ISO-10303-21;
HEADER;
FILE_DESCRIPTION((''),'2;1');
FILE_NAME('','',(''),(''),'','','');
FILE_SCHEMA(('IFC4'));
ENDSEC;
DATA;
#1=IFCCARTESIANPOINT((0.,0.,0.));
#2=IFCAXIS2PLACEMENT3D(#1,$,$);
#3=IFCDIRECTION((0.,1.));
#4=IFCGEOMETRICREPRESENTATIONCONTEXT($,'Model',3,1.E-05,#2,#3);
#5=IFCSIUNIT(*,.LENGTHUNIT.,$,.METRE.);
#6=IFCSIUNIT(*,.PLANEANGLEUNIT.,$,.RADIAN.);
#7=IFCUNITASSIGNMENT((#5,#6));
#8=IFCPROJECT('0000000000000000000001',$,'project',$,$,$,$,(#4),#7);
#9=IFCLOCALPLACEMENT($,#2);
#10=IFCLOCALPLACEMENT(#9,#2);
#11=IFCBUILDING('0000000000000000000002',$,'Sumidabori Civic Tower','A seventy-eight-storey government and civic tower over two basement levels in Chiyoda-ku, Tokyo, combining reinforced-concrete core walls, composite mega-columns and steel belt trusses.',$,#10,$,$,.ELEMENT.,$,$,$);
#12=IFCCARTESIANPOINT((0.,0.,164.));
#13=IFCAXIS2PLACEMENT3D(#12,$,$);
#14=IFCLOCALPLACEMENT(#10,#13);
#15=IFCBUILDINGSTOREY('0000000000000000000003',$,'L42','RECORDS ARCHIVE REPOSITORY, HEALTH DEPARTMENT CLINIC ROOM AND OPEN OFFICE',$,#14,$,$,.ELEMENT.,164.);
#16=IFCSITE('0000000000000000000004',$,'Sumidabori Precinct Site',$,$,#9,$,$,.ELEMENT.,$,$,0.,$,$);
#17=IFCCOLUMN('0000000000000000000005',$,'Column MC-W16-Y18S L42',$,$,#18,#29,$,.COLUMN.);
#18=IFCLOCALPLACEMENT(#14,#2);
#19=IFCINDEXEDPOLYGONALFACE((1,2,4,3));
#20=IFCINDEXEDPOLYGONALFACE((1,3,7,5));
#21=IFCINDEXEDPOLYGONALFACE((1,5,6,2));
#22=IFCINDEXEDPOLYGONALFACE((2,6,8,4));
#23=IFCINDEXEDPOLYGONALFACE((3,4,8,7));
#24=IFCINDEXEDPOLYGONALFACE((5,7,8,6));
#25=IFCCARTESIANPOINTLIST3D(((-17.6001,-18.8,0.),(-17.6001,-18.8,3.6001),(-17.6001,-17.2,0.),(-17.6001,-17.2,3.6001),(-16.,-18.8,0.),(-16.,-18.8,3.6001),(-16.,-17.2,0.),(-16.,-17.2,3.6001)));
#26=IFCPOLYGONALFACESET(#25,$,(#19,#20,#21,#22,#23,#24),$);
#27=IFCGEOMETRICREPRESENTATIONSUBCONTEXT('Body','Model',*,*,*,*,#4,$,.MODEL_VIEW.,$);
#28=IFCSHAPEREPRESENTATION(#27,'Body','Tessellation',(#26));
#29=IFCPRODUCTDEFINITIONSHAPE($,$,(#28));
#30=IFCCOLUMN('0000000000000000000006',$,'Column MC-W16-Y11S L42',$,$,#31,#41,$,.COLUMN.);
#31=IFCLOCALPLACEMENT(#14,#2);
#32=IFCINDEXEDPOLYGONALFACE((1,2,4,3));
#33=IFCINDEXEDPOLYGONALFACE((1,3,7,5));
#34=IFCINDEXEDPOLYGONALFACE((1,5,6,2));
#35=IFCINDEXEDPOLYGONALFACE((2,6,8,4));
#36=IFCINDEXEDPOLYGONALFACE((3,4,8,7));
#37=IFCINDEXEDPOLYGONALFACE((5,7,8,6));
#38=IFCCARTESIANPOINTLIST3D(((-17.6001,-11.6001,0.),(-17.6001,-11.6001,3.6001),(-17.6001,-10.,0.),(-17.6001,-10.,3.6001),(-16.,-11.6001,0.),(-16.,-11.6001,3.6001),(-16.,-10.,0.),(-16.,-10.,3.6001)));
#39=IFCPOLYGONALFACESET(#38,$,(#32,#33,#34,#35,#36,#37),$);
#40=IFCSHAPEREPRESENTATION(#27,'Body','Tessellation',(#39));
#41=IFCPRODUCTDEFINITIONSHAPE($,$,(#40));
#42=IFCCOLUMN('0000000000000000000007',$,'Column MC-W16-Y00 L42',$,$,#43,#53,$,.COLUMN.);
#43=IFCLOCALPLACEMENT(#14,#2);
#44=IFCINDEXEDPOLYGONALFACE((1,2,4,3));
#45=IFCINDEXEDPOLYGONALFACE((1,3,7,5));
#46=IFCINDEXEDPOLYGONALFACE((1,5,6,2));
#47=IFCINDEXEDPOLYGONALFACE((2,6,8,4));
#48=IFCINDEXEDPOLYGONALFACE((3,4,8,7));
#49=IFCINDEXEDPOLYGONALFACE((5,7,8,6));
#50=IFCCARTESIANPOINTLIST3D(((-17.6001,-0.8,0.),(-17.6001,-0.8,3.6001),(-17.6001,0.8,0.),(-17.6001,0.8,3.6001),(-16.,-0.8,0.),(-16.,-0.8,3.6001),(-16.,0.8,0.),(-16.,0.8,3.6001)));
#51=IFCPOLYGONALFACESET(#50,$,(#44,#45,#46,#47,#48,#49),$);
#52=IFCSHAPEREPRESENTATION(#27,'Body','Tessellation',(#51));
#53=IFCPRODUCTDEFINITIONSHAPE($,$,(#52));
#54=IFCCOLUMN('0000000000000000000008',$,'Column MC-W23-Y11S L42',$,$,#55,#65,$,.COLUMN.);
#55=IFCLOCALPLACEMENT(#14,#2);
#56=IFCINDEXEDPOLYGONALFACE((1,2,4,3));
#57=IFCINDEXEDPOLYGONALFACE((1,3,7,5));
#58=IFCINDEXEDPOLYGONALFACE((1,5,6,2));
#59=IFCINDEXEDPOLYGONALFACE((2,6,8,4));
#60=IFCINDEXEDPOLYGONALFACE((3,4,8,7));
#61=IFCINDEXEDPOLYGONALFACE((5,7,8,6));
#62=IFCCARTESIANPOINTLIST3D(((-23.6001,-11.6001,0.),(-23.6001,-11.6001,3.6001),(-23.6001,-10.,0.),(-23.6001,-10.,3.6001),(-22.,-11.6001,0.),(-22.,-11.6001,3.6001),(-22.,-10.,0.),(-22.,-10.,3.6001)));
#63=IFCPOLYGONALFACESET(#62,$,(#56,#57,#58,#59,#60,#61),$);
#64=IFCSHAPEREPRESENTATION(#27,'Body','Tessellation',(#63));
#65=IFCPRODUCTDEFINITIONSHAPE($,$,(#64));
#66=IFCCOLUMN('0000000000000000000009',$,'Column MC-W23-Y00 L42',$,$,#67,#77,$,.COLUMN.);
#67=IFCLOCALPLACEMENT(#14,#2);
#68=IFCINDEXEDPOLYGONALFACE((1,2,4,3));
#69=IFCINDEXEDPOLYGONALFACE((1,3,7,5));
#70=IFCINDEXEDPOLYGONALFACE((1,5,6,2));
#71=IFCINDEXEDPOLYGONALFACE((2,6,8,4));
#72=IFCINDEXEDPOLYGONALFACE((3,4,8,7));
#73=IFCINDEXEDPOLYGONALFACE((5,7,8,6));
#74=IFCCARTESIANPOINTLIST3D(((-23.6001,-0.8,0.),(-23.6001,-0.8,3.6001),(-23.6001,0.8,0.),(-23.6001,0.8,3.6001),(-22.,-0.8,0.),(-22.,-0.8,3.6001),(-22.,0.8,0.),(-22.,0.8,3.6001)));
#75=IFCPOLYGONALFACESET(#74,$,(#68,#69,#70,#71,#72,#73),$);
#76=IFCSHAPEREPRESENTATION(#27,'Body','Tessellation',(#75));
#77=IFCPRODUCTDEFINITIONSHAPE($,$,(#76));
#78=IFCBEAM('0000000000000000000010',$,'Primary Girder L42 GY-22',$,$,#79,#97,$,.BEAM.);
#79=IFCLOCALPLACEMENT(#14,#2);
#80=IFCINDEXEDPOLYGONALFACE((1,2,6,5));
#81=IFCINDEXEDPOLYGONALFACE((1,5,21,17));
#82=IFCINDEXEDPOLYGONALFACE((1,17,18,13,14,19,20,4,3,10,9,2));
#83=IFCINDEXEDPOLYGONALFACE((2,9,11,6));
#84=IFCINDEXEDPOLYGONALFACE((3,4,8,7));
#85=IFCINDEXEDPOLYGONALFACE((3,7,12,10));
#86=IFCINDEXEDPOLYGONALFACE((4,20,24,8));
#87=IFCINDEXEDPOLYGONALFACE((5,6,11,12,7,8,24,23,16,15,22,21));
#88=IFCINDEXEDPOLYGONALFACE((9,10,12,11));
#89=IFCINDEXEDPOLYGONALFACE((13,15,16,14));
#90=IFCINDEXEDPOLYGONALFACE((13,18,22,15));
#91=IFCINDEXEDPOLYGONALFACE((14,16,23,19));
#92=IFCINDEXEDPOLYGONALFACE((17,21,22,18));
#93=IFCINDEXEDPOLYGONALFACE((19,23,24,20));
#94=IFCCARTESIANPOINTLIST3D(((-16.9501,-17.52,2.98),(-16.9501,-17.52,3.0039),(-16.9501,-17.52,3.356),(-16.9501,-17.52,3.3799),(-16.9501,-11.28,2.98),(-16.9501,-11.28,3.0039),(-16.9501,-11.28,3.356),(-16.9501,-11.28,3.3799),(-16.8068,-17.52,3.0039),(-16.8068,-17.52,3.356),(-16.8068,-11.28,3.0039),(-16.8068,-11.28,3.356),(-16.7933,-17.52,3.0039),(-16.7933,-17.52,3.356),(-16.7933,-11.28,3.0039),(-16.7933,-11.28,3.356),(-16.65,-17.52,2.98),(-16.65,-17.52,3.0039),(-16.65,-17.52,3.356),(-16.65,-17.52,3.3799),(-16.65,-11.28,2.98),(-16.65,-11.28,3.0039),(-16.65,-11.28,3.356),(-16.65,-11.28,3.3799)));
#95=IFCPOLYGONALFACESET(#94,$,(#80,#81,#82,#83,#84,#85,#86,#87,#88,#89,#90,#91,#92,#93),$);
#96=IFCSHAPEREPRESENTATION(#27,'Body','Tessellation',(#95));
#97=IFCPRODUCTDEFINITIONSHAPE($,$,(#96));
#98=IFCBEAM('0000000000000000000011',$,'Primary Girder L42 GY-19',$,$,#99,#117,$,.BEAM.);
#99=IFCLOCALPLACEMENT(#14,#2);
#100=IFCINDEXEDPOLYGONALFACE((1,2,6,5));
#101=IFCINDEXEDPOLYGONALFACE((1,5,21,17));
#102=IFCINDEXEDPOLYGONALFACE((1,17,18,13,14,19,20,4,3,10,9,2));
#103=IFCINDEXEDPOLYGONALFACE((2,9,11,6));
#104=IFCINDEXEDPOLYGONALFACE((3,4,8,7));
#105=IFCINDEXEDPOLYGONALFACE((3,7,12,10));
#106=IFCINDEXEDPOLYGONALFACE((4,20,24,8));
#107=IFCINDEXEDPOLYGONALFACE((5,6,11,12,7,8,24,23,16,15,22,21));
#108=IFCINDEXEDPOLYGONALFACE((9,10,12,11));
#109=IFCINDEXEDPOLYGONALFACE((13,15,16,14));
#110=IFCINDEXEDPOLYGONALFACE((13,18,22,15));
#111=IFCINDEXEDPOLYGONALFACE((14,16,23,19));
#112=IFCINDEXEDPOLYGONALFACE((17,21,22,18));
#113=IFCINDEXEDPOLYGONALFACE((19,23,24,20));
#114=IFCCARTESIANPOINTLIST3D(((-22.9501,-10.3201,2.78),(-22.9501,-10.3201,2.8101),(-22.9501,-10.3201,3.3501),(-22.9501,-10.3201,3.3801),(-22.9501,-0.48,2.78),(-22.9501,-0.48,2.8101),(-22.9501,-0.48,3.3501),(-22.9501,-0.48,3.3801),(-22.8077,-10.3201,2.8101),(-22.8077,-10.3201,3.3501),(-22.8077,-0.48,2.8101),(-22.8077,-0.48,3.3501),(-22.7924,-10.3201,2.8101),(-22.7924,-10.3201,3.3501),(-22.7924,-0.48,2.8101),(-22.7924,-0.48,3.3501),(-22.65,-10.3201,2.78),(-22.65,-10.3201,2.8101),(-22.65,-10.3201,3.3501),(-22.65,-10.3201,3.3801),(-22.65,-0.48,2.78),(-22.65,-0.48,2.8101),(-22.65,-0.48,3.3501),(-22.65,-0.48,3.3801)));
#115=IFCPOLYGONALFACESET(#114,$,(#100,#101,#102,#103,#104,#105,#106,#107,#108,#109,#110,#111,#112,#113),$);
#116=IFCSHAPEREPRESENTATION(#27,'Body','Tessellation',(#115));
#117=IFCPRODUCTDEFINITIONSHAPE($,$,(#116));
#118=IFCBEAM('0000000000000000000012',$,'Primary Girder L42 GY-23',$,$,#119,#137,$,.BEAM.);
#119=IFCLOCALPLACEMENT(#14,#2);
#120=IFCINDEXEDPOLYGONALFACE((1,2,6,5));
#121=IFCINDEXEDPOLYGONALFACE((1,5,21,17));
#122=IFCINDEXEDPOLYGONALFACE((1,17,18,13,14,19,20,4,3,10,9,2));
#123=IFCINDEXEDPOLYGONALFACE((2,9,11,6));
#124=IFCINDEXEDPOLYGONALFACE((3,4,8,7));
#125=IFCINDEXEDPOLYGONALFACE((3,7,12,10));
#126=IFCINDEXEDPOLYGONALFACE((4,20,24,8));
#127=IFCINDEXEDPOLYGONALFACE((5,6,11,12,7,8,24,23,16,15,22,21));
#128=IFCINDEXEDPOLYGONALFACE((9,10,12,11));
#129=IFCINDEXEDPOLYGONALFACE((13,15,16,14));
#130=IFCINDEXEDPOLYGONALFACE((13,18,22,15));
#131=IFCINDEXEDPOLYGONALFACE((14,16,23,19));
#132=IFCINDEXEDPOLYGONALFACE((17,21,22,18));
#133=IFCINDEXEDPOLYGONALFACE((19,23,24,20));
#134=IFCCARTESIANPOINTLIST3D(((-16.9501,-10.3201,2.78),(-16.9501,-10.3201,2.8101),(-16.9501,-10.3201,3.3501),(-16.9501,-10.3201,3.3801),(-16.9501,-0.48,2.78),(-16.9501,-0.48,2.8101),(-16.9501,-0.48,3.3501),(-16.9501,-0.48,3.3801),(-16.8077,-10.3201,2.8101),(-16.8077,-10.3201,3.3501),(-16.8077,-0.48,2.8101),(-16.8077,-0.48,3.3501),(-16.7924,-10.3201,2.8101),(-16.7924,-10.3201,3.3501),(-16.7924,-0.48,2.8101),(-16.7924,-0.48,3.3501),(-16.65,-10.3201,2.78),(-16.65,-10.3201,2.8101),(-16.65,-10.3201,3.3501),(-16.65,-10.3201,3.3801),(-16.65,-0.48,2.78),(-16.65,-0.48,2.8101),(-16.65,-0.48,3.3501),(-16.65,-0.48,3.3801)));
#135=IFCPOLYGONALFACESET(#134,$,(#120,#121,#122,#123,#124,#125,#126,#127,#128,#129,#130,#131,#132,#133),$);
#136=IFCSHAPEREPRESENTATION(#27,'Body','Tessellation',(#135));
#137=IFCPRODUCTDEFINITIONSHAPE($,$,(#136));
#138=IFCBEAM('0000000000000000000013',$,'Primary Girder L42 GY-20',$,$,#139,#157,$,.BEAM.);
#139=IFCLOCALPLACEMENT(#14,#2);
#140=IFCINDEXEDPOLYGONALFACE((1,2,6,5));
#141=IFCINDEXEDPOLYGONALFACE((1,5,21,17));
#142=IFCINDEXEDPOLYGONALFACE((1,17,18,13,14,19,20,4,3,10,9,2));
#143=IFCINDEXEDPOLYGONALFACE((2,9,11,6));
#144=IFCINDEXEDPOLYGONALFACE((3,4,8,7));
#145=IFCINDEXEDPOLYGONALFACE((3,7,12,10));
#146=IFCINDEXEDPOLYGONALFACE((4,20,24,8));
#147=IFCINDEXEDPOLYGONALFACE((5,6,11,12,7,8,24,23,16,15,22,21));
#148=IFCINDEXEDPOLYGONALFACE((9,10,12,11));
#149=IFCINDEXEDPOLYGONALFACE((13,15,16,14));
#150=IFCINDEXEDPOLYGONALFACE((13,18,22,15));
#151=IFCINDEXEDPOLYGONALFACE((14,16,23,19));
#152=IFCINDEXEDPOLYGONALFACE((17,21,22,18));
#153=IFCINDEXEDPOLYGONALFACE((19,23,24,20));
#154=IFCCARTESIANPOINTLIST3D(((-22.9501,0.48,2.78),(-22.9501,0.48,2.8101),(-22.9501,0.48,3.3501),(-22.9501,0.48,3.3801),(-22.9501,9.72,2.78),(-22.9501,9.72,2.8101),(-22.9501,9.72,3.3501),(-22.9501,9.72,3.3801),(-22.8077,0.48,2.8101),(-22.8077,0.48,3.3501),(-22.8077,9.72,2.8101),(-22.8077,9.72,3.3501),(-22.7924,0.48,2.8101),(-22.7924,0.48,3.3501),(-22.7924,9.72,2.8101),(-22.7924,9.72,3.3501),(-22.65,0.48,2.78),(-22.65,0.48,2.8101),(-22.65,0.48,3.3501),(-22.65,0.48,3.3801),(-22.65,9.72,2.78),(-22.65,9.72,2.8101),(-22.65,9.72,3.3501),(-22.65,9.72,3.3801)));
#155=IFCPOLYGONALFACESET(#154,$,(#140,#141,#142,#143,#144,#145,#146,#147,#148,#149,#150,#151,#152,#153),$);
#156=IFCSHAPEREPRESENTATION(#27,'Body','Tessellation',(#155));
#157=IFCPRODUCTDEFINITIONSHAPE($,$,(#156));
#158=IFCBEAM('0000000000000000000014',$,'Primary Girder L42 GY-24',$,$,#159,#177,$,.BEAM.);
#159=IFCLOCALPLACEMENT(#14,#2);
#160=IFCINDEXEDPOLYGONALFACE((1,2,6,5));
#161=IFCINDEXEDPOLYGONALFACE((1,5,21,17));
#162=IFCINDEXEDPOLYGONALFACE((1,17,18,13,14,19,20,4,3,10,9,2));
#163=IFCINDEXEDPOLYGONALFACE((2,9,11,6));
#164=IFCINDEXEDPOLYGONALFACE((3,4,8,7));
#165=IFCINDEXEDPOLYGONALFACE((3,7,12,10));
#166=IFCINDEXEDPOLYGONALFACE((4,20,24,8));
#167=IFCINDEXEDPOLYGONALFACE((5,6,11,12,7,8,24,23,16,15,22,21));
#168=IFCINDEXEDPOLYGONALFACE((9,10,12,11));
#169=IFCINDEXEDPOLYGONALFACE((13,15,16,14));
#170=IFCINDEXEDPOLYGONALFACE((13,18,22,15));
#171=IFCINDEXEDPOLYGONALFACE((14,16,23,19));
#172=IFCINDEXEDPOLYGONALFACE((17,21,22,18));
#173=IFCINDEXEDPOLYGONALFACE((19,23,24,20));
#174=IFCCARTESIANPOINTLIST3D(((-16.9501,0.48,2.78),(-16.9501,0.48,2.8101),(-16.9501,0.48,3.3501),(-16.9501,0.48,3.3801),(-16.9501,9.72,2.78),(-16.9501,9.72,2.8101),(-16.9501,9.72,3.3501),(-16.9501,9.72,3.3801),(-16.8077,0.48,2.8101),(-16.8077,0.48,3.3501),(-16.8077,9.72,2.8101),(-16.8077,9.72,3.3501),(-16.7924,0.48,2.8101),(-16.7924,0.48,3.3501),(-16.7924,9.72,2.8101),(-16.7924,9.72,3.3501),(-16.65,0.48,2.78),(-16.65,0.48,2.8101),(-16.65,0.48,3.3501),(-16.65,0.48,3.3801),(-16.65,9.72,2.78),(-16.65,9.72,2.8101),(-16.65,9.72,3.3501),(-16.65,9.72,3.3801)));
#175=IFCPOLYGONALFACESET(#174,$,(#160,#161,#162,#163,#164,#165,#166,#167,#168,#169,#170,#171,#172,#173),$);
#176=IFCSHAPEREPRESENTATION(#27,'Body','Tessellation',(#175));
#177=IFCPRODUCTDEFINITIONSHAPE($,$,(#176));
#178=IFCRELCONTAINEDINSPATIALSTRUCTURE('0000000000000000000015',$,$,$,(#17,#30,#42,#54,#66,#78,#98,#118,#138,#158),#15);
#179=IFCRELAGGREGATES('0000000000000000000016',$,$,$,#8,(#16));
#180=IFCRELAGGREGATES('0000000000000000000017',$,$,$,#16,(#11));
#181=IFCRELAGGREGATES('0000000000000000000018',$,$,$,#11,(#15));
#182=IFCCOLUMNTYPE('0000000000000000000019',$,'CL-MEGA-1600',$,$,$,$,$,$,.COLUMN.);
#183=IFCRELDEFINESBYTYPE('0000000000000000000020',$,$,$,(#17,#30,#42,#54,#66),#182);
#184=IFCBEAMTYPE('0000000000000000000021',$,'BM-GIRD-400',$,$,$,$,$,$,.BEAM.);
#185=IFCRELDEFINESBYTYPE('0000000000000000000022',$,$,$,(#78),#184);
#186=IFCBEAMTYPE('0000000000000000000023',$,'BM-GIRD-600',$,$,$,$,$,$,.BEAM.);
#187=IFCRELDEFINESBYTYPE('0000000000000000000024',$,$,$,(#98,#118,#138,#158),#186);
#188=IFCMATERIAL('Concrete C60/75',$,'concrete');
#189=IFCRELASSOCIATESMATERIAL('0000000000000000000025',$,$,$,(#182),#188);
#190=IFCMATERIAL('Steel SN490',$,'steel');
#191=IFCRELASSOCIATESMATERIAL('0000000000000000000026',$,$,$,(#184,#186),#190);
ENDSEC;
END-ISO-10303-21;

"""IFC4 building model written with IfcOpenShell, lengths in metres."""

from ifc_helpers import new_model, si_unit, direction, frame, origin, origin_2d, place, context, subcontext, project, spatial, rectangle, i_section, extrude, source, transform, mapped, material, material_profile, profile_set, type_object, element, save


model = new_model("IFC4")

# Units and contexts
model_context = context("Model", 3, precision=1e-05, world=origin(), true_north=direction((0.0, 1.0)))
body_context = subcontext(model_context, "Body", "Model", "MODEL_VIEW")
ifc_project = project(units=[si_unit("LENGTHUNIT", "METRE"), si_unit("PLANEANGLEUNIT", "RADIAN")], contexts=[model_context])

# Site, building, storey
site_placement = place(None, origin())
site = spatial("IfcSite", under=ifc_project, at=site_placement, Name="Sumidabori Precinct Site", CompositionType="ELEMENT", RefElevation=0.0)
building_placement = place(site_placement, origin())
building = spatial("IfcBuilding", under=site, at=building_placement, Name="Sumidabori Civic Tower", Description="A seventy-eight-storey government and civic tower over two basement levels in Chiyoda-ku, Tokyo, combining reinforced-concrete core walls, composite mega-columns and steel belt trusses.", CompositionType="ELEMENT")
storey_placement = place(building_placement, frame((0.0, 0.0, 164.0)))
storey = spatial("IfcBuildingStorey", under=building, at=storey_placement, Name="L42", Description="RECORDS ARCHIVE REPOSITORY, HEALTH DEPARTMENT CLINIC ROOM AND OPEN OFFICE", CompositionType="ELEMENT", Elevation=164.0)

# Columns
ifc_material_1 = material(Name="Concrete C60/75", Category="concrete")
ifc_material_profile_1 = material_profile(ifc_material_1, rectangle(XDim=1.6001, YDim=1.6001, at=origin_2d()), Name="RC 1600x1600")
ifc_profile_set_1 = profile_set([ifc_material_profile_1], Name="Concrete C60/75")
column_type = type_object("IfcColumnType", Name="CL-MEGA-1600", PredefinedType="COLUMN", material=ifc_profile_set_1)
shared_shape_1 = source(origin(), body_context, "Body", "SweptSolid", [
    extrude(rectangle(XDim=1.6001, YDim=1.6001, at=origin_2d()), origin(), (0.0, 0.0, 1.0), 3.6001),
])
for number, where, z_axis, x_axis, name in (
    (1, (-16.8, -18.0, 0.0), (0.0, 0.0, 1.0), (1.0, 0.0, 0.0), "Column MC-W16-Y18S L42"),
    (2, (-16.8, -10.8, 0.0), (0.0, 0.0, 1.0), (1.0, 0.0, 0.0), "Column MC-W16-Y11S L42"),
    (3, (-16.8, 0.0, 0.0), (0.0, 0.0, 1.0), (1.0, 0.0, 0.0), "Column MC-W16-Y00 L42"),
    (4, (-22.8, -10.8, 0.0), (0.0, 0.0, 1.0), (1.0, 0.0, 0.0), "Column MC-W23-Y11S L42"),
    (5, (-22.8, 0.0, 0.0), (0.0, 0.0, 1.0), (1.0, 0.0, 0.0), "Column MC-W23-Y00 L42"),
):
    element("IfcColumn", number, at=place(storey_placement, frame(where, z_axis=z_axis, x_axis=x_axis)), inside=storey, type_object=column_type, Name=name, PredefinedType="COLUMN", context=body_context, shape_type="MappedRepresentation", body=[
        mapped(shared_shape_1, transform((0.0, 0.0, 0.0), x_axis=(1.0, 0.0, 0.0), y_axis=(0.0, 1.0, 0.0), z_axis=(0.0, 0.0, 1.0), scale=1.0)),
    ])

# Beams
ifc_material_2 = material(Name="Steel SN490", Category="steel")
ifc_material_profile_2 = material_profile(ifc_material_2, i_section(OverallWidth=0.3, OverallDepth=0.3999, WebThickness=0.0134, FlangeThickness=0.0239, at=origin_2d()), Name="HE 400 B")
ifc_profile_set_2 = profile_set([ifc_material_profile_2], Name="Steel SN490")
beam_type_1 = type_object("IfcBeamType", Name="BM-GIRD-400", PredefinedType="BEAM", material=ifc_profile_set_2)
shared_shape_2 = source(origin(), body_context, "Body", "SweptSolid", [
    extrude(i_section(OverallWidth=0.3, OverallDepth=0.3999, WebThickness=0.0134, FlangeThickness=0.0239, at=origin_2d()), origin(), (0.0, 0.0, 1.0), 6.24),
])
beam_placement = place(storey_placement, frame((-16.8, -17.52, 3.1799), z_axis=(0.0, 1.0, 0.0), x_axis=(-1.0, 0.0, 0.0)))
element("IfcBeam", 6, at=beam_placement, inside=storey, type_object=beam_type_1, Name="Primary Girder L42 GY-22", PredefinedType="BEAM", context=body_context, shape_type="MappedRepresentation", body=[
    mapped(shared_shape_2, transform((0.0, 0.0, 0.0), x_axis=(1.0, 0.0, 0.0), y_axis=(0.0, 1.0, 0.0), z_axis=(0.0, 0.0, 1.0), scale=1.0)),
])
ifc_material_profile_3 = material_profile(ifc_material_2, i_section(OverallWidth=0.3, OverallDepth=0.6001, WebThickness=0.0154, FlangeThickness=0.03, at=origin_2d()), Name="HE 600 B")
ifc_profile_set_3 = profile_set([ifc_material_profile_3], Name="Steel SN490")
beam_type_2 = type_object("IfcBeamType", Name="BM-GIRD-600", PredefinedType="BEAM", material=ifc_profile_set_3)
shared_shape_3 = source(origin(), body_context, "Body", "SweptSolid", [
    extrude(i_section(OverallWidth=0.3, OverallDepth=0.6001, WebThickness=0.0154, FlangeThickness=0.03, at=origin_2d()), origin(), (0.0, 0.0, 1.0), 9.8401),
])
for number, where, z_axis, x_axis, name in (
    (7, (-22.8, -10.3201, 3.0801), (0.0, 1.0, 0.0), (-1.0, 0.0, 0.0), "Primary Girder L42 GY-19"),
    (8, (-16.8, -10.3201, 3.0801), (0.0, 1.0, 0.0), (-1.0, 0.0, 0.0), "Primary Girder L42 GY-23"),
):
    element("IfcBeam", number, at=place(storey_placement, frame(where, z_axis=z_axis, x_axis=x_axis)), inside=storey, type_object=beam_type_2, Name=name, PredefinedType="BEAM", context=body_context, shape_type="MappedRepresentation", body=[
        mapped(shared_shape_3, transform((0.0, 0.0, 0.0), x_axis=(1.0, 0.0, 0.0), y_axis=(0.0, 1.0, 0.0), z_axis=(0.0, 0.0, 1.0), scale=1.0)),
    ])
shared_shape_4 = source(origin(), body_context, "Body", "SweptSolid", [
    extrude(i_section(OverallWidth=0.3, OverallDepth=0.6001, WebThickness=0.0154, FlangeThickness=0.03, at=origin_2d()), origin(), (0.0, 0.0, 1.0), 9.24),
])
for number, where, z_axis, x_axis, name in (
    (9, (-22.8, 0.48, 3.0801), (0.0, 1.0, 0.0), (-1.0, 0.0, 0.0), "Primary Girder L42 GY-20"),
    (10, (-16.8, 0.48, 3.0801), (0.0, 1.0, 0.0), (-1.0, 0.0, 0.0), "Primary Girder L42 GY-24"),
):
    element("IfcBeam", number, at=place(storey_placement, frame(where, z_axis=z_axis, x_axis=x_axis)), inside=storey, type_object=beam_type_2, Name=name, PredefinedType="BEAM", context=body_context, shape_type="MappedRepresentation", body=[
        mapped(shared_shape_4, transform((0.0, 0.0, 0.0), x_axis=(1.0, 0.0, 0.0), y_axis=(0.0, 1.0, 0.0), z_axis=(0.0, 0.0, 1.0), scale=1.0)),
    ])

save(model, "model.ifc")
